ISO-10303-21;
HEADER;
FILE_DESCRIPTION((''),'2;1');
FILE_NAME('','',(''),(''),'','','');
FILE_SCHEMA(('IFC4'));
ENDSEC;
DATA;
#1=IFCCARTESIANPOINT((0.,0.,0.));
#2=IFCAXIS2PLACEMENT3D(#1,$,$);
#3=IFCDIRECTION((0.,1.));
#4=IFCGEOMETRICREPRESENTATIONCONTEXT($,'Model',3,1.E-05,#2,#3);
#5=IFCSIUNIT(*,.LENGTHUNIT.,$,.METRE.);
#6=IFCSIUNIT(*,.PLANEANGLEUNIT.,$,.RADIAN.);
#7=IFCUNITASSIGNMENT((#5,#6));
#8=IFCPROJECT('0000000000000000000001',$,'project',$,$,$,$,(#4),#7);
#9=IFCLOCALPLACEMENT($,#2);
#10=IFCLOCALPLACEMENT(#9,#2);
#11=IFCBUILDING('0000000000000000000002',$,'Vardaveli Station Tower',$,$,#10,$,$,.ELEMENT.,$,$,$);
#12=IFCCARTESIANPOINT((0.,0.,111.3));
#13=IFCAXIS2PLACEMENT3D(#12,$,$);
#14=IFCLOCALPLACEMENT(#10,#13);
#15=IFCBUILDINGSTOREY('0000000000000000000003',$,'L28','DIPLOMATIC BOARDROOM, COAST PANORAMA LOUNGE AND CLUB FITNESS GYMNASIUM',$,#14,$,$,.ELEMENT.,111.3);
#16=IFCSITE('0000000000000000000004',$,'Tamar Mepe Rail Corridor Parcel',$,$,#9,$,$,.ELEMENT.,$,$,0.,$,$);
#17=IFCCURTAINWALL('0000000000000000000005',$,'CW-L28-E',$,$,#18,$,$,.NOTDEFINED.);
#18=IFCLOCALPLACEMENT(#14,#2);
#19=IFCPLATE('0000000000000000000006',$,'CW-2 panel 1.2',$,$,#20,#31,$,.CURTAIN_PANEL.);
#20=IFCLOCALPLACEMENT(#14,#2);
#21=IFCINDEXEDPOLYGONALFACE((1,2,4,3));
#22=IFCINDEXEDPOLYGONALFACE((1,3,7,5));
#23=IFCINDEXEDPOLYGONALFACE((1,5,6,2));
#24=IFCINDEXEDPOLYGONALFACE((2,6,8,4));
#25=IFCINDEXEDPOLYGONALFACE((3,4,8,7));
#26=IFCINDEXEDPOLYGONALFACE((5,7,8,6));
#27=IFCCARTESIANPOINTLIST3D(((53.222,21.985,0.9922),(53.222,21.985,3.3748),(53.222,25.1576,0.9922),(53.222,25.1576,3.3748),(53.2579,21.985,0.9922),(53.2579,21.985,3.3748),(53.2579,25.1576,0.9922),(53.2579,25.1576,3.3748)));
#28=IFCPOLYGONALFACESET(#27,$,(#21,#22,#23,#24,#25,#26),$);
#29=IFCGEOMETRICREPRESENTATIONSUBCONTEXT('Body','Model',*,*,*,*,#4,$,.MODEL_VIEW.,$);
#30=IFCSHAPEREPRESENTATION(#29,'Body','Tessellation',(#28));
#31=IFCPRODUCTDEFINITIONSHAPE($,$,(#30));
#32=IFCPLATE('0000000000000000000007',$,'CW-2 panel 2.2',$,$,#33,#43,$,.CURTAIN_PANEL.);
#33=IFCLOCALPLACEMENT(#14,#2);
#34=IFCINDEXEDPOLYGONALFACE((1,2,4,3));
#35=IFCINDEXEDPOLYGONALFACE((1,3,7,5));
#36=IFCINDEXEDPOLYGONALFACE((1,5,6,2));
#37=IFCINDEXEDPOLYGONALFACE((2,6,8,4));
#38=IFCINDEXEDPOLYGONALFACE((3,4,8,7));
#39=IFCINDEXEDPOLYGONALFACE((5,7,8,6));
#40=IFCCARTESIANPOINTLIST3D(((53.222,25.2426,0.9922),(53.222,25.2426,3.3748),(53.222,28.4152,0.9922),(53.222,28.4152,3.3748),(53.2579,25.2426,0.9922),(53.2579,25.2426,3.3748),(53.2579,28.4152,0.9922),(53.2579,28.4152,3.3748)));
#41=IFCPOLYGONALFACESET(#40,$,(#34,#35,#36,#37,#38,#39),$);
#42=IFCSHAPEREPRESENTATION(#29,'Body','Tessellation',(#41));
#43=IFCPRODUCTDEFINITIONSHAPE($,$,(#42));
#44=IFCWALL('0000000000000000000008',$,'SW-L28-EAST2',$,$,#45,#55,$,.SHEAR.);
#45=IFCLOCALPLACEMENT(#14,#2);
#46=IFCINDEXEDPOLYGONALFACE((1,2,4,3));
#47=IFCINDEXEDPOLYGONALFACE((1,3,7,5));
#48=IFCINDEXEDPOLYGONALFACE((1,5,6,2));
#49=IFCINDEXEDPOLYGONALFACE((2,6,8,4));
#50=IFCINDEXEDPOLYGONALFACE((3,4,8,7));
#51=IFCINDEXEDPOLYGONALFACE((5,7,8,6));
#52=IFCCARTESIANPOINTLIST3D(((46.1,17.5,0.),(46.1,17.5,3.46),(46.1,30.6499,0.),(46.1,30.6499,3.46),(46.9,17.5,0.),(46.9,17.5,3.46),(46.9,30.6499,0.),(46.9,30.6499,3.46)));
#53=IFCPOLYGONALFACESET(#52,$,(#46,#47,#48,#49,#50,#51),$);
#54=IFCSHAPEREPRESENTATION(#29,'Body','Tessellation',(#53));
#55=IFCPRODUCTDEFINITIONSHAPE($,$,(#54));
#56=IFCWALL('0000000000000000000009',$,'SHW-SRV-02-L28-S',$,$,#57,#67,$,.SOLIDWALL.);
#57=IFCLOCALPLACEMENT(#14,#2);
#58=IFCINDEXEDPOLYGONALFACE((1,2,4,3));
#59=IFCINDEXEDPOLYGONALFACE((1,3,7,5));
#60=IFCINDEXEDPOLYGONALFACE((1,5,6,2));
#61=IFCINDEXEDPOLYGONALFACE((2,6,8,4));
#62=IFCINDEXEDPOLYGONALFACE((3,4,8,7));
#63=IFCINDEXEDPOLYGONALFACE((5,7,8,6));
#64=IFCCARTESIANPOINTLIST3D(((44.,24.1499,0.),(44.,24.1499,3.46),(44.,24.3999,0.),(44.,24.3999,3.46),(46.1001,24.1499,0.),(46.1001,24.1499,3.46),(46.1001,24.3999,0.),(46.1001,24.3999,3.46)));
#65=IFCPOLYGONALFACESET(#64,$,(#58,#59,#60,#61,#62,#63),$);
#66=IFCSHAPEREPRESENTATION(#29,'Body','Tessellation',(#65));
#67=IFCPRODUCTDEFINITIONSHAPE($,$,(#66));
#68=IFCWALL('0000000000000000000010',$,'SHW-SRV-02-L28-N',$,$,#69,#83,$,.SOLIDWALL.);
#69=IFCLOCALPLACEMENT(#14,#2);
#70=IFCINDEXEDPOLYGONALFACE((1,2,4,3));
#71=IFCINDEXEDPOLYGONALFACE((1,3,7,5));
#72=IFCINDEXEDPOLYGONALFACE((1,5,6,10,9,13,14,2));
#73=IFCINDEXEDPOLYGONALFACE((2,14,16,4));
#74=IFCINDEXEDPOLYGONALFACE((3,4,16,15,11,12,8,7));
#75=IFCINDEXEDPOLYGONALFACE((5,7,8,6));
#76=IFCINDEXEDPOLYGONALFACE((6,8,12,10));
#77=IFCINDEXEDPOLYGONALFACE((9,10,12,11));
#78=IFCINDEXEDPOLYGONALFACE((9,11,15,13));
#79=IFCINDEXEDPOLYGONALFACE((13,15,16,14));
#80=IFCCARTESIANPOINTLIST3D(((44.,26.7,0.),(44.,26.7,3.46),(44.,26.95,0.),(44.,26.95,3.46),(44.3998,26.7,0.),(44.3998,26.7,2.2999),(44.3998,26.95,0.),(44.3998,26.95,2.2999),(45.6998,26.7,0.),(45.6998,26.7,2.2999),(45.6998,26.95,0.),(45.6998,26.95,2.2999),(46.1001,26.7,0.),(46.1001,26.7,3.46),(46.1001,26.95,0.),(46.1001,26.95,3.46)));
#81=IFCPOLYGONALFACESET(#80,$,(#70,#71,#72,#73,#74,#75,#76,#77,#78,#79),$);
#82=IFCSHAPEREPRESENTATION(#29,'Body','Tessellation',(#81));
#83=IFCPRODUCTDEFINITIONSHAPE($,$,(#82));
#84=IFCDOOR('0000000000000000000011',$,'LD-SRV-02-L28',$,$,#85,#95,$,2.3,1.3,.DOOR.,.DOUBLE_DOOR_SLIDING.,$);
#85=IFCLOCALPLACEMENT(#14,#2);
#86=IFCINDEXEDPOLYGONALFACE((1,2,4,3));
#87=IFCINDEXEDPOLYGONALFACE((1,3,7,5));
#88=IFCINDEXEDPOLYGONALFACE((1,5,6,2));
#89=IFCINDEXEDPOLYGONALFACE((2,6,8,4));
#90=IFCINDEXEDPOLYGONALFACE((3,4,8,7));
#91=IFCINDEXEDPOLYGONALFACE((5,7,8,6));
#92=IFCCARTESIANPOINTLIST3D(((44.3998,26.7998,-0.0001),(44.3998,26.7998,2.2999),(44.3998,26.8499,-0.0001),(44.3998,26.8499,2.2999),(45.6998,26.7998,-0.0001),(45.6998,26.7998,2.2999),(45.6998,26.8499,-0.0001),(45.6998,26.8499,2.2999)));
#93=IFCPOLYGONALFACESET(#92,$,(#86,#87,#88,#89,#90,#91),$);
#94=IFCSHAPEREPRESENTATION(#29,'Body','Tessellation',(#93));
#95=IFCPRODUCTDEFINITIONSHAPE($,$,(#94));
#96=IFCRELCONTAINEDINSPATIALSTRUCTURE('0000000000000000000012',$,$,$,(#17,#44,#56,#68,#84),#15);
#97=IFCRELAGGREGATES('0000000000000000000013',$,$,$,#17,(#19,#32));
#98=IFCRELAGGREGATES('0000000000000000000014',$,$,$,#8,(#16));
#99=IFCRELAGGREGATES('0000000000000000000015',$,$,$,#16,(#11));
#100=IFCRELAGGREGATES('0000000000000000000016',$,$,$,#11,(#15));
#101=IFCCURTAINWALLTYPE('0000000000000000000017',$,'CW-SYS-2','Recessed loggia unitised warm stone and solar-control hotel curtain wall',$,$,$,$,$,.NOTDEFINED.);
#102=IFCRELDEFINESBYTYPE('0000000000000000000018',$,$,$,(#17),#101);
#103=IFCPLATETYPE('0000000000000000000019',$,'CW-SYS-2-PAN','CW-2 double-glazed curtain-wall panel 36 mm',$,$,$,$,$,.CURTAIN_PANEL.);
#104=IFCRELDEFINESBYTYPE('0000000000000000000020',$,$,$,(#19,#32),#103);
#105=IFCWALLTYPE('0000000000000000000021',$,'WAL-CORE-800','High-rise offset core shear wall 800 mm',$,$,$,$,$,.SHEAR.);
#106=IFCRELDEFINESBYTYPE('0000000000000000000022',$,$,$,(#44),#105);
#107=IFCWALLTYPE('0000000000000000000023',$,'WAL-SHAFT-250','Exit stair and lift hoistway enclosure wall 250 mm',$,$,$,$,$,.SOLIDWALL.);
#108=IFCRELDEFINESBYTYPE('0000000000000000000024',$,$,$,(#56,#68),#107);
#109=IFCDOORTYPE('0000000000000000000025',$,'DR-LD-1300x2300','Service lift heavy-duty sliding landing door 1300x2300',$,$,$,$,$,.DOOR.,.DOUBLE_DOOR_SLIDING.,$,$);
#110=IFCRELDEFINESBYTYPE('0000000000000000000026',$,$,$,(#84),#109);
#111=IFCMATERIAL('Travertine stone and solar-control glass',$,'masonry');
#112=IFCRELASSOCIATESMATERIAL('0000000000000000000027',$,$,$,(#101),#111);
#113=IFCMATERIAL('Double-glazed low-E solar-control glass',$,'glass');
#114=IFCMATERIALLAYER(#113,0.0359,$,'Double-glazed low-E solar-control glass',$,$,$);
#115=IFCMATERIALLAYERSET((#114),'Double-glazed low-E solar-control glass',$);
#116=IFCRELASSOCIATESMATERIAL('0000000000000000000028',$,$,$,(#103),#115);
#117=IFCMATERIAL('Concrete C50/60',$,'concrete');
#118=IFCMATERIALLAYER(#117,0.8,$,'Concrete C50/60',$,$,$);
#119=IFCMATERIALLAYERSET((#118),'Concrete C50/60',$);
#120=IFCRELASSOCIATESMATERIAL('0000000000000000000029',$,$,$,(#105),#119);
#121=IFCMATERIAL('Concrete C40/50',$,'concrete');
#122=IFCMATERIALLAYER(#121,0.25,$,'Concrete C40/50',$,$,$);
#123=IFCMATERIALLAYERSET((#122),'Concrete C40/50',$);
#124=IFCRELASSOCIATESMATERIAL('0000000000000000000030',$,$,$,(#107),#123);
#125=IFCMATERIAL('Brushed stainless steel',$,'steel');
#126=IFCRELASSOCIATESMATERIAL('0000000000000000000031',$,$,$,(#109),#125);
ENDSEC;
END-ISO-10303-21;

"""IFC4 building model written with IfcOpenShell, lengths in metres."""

from ifc_helpers import new_model, si_unit, direction, frame, frame_2d, origin, origin_2d, place, context, subcontext, project, spatial, rectangle, extrude, source, transform, mapped, material, layer, layer_set, type_object, element, fill, aggregate, save


model = new_model("IFC4")

# Units and contexts
model_context = context("Model", 3, precision=1e-05, world=origin(), true_north=direction((0.0, 1.0)))
body_context = subcontext(model_context, "Body", "Model", "MODEL_VIEW")
ifc_project = project(units=[si_unit("LENGTHUNIT", "METRE"), si_unit("PLANEANGLEUNIT", "RADIAN")], contexts=[model_context])

# Site, building, storey
site_placement = place(None, origin())
site = spatial("IfcSite", under=ifc_project, at=site_placement, Name="Tamar Mepe Rail Corridor Parcel", CompositionType="ELEMENT", RefElevation=0.0)
building_placement = place(site_placement, origin())
building = spatial("IfcBuilding", under=site, at=building_placement, Name="Vardaveli Station Tower", CompositionType="ELEMENT")
storey_placement = place(building_placement, frame((0.0, 0.0, 111.3)))
storey = spatial("IfcBuildingStorey", under=building, at=storey_placement, Name="L28", Description="DIPLOMATIC BOARDROOM, COAST PANORAMA LOUNGE AND CLUB FITNESS GYMNASIUM", CompositionType="ELEMENT", Elevation=111.3)

# Curtain wall, plates
ifc_material_1 = material(Name="Travertine stone and solar-control glass", Category="masonry")
curtain_wall_type = type_object("IfcCurtainWallType", Name="CW-SYS-2", Description="Recessed loggia unitised warm stone and solar-control hotel curtain wall", PredefinedType="NOTDEFINED", material=ifc_material_1)
curtain_wall_placement = place(storey_placement, origin())
curtain_wall = element("IfcCurtainWall", 1, at=curtain_wall_placement, inside=storey, type_object=curtain_wall_type, Name="CW-L28-E", PredefinedType="NOTDEFINED")
ifc_material_2 = material(Name="Double-glazed low-E solar-control glass", Category="glass")
ifc_layer_1 = layer(ifc_material_2, 0.0359, Name="Double-glazed low-E solar-control glass")
ifc_layer_set_1 = layer_set([ifc_layer_1], Name="Double-glazed low-E solar-control glass")
plate_type = type_object("IfcPlateType", Name="CW-SYS-2-PAN", Description="CW-2 double-glazed curtain-wall panel 36 mm", PredefinedType="CURTAIN_PANEL", material=ifc_layer_set_1)
shared_shape_1 = source(origin(), body_context, "Body", "SweptSolid", [
    extrude(rectangle(XDim=3.1726, YDim=0.0359, at=origin_2d()), origin(), (0.0, 0.0, 1.0), 2.3826),
])
plate_1_placement = place(storey_placement, frame((53.24, 23.5713, 0.9922), z_axis=(0.0, 0.0, 1.0), x_axis=(0.0, 1.0, 0.0)))
plate_1 = element("IfcPlate", 2, at=plate_1_placement, type_object=plate_type, Name="CW-2 panel 1.2", PredefinedType="CURTAIN_PANEL", context=body_context, shape_type="MappedRepresentation", body=[
    mapped(shared_shape_1, transform((0.0, 0.0, 0.0), scale=1.0)),
])
plate_2_placement = place(storey_placement, frame((53.24, 26.8289, 0.9922), z_axis=(0.0, 0.0, 1.0), x_axis=(0.0, 1.0, 0.0)))
plate_2 = element("IfcPlate", 3, at=plate_2_placement, type_object=plate_type, Name="CW-2 panel 2.2", PredefinedType="CURTAIN_PANEL", context=body_context, shape_type="MappedRepresentation", body=[
    mapped(shared_shape_1, transform((0.0, 0.0, 0.0), scale=1.0)),
])
aggregate(curtain_wall, [plate_1, plate_2])

# Walls
ifc_material_3 = material(Name="Concrete C50/60", Category="concrete")
ifc_layer_2 = layer(ifc_material_3, 0.8, Name="Concrete C50/60")
ifc_layer_set_2 = layer_set([ifc_layer_2], Name="Concrete C50/60")
wall_type_1 = type_object("IfcWallType", Name="WAL-CORE-800", Description="High-rise offset core shear wall 800 mm", PredefinedType="SHEAR", material=ifc_layer_set_2)
shared_shape_2 = source(origin(), body_context, "Body", "SweptSolid", [
    extrude(rectangle(XDim=13.1499, YDim=0.8, at=frame_2d((6.575, 0.0))), origin(), (0.0, 0.0, 1.0), 3.46),
])
wall_1_placement = place(storey_placement, frame((46.5, 17.5, 0.0), z_axis=(0.0, 0.0, 1.0), x_axis=(0.0, 1.0, 0.0)))
element("IfcWall", 4, at=wall_1_placement, inside=storey, type_object=wall_type_1, Name="SW-L28-EAST2", PredefinedType="SHEAR", context=body_context, shape_type="MappedRepresentation", body=[
    mapped(shared_shape_2, transform((0.0, 0.0, 0.0), scale=1.0)),
])
ifc_material_4 = material(Name="Concrete C40/50", Category="concrete")
ifc_layer_3 = layer(ifc_material_4, 0.25, Name="Concrete C40/50")
ifc_layer_set_3 = layer_set([ifc_layer_3], Name="Concrete C40/50")
wall_type_2 = type_object("IfcWallType", Name="WAL-SHAFT-250", Description="Exit stair and lift hoistway enclosure wall 250 mm", PredefinedType="SOLIDWALL", material=ifc_layer_set_3)
shared_shape_3 = source(origin(), body_context, "Body", "SweptSolid", [
    extrude(rectangle(XDim=2.1001, YDim=0.25, at=frame_2d((1.05, 0.0))), origin(), (0.0, 0.0, 1.0), 3.46),
])
wall_2_placement = place(storey_placement, frame((44.0, 24.2749, 0.0), z_axis=(0.0, 0.0, 1.0), x_axis=(1.0, 0.0, 0.0)))
element("IfcWall", 5, at=wall_2_placement, inside=storey, type_object=wall_type_2, Name="SHW-SRV-02-L28-S", PredefinedType="SOLIDWALL", context=body_context, shape_type="MappedRepresentation", body=[
    mapped(shared_shape_3, transform((0.0, 0.0, 0.0), scale=1.0)),
])

# Wall, opening, door
wall_3_placement = place(storey_placement, frame((44.0, 26.825, 0.0), z_axis=(0.0, 0.0, 1.0), x_axis=(1.0, 0.0, 0.0)))
wall_3 = element("IfcWall", 6, at=wall_3_placement, inside=storey, type_object=wall_type_2, Name="SHW-SRV-02-L28-N", PredefinedType="SOLIDWALL", context=body_context, shape_type="MappedRepresentation", body=[
    mapped(shared_shape_3, transform((0.0, 0.0, 0.0), scale=1.0)),
])
shared_shape_4 = source(origin(), body_context, "Body", "SweptSolid", [
    extrude(rectangle(XDim=1.3, YDim=2.3, at=frame_2d((0.6499, 1.1499))), frame((0.0, 0.135, 0.0), z_axis=(0.0, -1.0, 0.0), x_axis=(1.0, 0.0, 0.0)), (0.0, 0.0, 1.0), 0.27),
])
opening_placement = place(wall_3_placement, frame((0.3999, 0.0, 0.0)))
opening = element("IfcOpeningElement", 7, at=opening_placement, cuts=wall_3, PredefinedType="OPENING", context=body_context, shape_type="MappedRepresentation", body=[
    mapped(shared_shape_4, transform((0.0, 0.0, 0.0), scale=1.0)),
])
ifc_material_5 = material(Name="Brushed stainless steel", Category="steel")
door_type = type_object("IfcDoorType", Name="DR-LD-1300x2300", Description="Service lift heavy-duty sliding landing door 1300x2300", OperationType="DOUBLE_DOOR_SLIDING", PredefinedType="DOOR", material=ifc_material_5)
shared_shape_5 = source(origin(), body_context, "Body", "SweptSolid", [
    extrude(rectangle(XDim=1.3, YDim=2.3, at=frame_2d((0.6499, 1.1499))), frame((0.0, 0.0249, 0.0), z_axis=(0.0, -1.0, 0.0), x_axis=(1.0, 0.0, 0.0)), (0.0, 0.0, 1.0), 0.05),
])
door_placement = place(opening_placement, origin())
door = element("IfcDoor", 8, at=door_placement, inside=storey, type_object=door_type, Name="LD-SRV-02-L28", OperationType="DOUBLE_DOOR_SLIDING", OverallHeight=2.3, OverallWidth=1.3, PredefinedType="DOOR", context=body_context, shape_type="MappedRepresentation", body=[
    mapped(shared_shape_5, transform((0.0, 0.0, 0.0), scale=1.0)),
])
fill(opening, door)

save(model, "model.ifc")
